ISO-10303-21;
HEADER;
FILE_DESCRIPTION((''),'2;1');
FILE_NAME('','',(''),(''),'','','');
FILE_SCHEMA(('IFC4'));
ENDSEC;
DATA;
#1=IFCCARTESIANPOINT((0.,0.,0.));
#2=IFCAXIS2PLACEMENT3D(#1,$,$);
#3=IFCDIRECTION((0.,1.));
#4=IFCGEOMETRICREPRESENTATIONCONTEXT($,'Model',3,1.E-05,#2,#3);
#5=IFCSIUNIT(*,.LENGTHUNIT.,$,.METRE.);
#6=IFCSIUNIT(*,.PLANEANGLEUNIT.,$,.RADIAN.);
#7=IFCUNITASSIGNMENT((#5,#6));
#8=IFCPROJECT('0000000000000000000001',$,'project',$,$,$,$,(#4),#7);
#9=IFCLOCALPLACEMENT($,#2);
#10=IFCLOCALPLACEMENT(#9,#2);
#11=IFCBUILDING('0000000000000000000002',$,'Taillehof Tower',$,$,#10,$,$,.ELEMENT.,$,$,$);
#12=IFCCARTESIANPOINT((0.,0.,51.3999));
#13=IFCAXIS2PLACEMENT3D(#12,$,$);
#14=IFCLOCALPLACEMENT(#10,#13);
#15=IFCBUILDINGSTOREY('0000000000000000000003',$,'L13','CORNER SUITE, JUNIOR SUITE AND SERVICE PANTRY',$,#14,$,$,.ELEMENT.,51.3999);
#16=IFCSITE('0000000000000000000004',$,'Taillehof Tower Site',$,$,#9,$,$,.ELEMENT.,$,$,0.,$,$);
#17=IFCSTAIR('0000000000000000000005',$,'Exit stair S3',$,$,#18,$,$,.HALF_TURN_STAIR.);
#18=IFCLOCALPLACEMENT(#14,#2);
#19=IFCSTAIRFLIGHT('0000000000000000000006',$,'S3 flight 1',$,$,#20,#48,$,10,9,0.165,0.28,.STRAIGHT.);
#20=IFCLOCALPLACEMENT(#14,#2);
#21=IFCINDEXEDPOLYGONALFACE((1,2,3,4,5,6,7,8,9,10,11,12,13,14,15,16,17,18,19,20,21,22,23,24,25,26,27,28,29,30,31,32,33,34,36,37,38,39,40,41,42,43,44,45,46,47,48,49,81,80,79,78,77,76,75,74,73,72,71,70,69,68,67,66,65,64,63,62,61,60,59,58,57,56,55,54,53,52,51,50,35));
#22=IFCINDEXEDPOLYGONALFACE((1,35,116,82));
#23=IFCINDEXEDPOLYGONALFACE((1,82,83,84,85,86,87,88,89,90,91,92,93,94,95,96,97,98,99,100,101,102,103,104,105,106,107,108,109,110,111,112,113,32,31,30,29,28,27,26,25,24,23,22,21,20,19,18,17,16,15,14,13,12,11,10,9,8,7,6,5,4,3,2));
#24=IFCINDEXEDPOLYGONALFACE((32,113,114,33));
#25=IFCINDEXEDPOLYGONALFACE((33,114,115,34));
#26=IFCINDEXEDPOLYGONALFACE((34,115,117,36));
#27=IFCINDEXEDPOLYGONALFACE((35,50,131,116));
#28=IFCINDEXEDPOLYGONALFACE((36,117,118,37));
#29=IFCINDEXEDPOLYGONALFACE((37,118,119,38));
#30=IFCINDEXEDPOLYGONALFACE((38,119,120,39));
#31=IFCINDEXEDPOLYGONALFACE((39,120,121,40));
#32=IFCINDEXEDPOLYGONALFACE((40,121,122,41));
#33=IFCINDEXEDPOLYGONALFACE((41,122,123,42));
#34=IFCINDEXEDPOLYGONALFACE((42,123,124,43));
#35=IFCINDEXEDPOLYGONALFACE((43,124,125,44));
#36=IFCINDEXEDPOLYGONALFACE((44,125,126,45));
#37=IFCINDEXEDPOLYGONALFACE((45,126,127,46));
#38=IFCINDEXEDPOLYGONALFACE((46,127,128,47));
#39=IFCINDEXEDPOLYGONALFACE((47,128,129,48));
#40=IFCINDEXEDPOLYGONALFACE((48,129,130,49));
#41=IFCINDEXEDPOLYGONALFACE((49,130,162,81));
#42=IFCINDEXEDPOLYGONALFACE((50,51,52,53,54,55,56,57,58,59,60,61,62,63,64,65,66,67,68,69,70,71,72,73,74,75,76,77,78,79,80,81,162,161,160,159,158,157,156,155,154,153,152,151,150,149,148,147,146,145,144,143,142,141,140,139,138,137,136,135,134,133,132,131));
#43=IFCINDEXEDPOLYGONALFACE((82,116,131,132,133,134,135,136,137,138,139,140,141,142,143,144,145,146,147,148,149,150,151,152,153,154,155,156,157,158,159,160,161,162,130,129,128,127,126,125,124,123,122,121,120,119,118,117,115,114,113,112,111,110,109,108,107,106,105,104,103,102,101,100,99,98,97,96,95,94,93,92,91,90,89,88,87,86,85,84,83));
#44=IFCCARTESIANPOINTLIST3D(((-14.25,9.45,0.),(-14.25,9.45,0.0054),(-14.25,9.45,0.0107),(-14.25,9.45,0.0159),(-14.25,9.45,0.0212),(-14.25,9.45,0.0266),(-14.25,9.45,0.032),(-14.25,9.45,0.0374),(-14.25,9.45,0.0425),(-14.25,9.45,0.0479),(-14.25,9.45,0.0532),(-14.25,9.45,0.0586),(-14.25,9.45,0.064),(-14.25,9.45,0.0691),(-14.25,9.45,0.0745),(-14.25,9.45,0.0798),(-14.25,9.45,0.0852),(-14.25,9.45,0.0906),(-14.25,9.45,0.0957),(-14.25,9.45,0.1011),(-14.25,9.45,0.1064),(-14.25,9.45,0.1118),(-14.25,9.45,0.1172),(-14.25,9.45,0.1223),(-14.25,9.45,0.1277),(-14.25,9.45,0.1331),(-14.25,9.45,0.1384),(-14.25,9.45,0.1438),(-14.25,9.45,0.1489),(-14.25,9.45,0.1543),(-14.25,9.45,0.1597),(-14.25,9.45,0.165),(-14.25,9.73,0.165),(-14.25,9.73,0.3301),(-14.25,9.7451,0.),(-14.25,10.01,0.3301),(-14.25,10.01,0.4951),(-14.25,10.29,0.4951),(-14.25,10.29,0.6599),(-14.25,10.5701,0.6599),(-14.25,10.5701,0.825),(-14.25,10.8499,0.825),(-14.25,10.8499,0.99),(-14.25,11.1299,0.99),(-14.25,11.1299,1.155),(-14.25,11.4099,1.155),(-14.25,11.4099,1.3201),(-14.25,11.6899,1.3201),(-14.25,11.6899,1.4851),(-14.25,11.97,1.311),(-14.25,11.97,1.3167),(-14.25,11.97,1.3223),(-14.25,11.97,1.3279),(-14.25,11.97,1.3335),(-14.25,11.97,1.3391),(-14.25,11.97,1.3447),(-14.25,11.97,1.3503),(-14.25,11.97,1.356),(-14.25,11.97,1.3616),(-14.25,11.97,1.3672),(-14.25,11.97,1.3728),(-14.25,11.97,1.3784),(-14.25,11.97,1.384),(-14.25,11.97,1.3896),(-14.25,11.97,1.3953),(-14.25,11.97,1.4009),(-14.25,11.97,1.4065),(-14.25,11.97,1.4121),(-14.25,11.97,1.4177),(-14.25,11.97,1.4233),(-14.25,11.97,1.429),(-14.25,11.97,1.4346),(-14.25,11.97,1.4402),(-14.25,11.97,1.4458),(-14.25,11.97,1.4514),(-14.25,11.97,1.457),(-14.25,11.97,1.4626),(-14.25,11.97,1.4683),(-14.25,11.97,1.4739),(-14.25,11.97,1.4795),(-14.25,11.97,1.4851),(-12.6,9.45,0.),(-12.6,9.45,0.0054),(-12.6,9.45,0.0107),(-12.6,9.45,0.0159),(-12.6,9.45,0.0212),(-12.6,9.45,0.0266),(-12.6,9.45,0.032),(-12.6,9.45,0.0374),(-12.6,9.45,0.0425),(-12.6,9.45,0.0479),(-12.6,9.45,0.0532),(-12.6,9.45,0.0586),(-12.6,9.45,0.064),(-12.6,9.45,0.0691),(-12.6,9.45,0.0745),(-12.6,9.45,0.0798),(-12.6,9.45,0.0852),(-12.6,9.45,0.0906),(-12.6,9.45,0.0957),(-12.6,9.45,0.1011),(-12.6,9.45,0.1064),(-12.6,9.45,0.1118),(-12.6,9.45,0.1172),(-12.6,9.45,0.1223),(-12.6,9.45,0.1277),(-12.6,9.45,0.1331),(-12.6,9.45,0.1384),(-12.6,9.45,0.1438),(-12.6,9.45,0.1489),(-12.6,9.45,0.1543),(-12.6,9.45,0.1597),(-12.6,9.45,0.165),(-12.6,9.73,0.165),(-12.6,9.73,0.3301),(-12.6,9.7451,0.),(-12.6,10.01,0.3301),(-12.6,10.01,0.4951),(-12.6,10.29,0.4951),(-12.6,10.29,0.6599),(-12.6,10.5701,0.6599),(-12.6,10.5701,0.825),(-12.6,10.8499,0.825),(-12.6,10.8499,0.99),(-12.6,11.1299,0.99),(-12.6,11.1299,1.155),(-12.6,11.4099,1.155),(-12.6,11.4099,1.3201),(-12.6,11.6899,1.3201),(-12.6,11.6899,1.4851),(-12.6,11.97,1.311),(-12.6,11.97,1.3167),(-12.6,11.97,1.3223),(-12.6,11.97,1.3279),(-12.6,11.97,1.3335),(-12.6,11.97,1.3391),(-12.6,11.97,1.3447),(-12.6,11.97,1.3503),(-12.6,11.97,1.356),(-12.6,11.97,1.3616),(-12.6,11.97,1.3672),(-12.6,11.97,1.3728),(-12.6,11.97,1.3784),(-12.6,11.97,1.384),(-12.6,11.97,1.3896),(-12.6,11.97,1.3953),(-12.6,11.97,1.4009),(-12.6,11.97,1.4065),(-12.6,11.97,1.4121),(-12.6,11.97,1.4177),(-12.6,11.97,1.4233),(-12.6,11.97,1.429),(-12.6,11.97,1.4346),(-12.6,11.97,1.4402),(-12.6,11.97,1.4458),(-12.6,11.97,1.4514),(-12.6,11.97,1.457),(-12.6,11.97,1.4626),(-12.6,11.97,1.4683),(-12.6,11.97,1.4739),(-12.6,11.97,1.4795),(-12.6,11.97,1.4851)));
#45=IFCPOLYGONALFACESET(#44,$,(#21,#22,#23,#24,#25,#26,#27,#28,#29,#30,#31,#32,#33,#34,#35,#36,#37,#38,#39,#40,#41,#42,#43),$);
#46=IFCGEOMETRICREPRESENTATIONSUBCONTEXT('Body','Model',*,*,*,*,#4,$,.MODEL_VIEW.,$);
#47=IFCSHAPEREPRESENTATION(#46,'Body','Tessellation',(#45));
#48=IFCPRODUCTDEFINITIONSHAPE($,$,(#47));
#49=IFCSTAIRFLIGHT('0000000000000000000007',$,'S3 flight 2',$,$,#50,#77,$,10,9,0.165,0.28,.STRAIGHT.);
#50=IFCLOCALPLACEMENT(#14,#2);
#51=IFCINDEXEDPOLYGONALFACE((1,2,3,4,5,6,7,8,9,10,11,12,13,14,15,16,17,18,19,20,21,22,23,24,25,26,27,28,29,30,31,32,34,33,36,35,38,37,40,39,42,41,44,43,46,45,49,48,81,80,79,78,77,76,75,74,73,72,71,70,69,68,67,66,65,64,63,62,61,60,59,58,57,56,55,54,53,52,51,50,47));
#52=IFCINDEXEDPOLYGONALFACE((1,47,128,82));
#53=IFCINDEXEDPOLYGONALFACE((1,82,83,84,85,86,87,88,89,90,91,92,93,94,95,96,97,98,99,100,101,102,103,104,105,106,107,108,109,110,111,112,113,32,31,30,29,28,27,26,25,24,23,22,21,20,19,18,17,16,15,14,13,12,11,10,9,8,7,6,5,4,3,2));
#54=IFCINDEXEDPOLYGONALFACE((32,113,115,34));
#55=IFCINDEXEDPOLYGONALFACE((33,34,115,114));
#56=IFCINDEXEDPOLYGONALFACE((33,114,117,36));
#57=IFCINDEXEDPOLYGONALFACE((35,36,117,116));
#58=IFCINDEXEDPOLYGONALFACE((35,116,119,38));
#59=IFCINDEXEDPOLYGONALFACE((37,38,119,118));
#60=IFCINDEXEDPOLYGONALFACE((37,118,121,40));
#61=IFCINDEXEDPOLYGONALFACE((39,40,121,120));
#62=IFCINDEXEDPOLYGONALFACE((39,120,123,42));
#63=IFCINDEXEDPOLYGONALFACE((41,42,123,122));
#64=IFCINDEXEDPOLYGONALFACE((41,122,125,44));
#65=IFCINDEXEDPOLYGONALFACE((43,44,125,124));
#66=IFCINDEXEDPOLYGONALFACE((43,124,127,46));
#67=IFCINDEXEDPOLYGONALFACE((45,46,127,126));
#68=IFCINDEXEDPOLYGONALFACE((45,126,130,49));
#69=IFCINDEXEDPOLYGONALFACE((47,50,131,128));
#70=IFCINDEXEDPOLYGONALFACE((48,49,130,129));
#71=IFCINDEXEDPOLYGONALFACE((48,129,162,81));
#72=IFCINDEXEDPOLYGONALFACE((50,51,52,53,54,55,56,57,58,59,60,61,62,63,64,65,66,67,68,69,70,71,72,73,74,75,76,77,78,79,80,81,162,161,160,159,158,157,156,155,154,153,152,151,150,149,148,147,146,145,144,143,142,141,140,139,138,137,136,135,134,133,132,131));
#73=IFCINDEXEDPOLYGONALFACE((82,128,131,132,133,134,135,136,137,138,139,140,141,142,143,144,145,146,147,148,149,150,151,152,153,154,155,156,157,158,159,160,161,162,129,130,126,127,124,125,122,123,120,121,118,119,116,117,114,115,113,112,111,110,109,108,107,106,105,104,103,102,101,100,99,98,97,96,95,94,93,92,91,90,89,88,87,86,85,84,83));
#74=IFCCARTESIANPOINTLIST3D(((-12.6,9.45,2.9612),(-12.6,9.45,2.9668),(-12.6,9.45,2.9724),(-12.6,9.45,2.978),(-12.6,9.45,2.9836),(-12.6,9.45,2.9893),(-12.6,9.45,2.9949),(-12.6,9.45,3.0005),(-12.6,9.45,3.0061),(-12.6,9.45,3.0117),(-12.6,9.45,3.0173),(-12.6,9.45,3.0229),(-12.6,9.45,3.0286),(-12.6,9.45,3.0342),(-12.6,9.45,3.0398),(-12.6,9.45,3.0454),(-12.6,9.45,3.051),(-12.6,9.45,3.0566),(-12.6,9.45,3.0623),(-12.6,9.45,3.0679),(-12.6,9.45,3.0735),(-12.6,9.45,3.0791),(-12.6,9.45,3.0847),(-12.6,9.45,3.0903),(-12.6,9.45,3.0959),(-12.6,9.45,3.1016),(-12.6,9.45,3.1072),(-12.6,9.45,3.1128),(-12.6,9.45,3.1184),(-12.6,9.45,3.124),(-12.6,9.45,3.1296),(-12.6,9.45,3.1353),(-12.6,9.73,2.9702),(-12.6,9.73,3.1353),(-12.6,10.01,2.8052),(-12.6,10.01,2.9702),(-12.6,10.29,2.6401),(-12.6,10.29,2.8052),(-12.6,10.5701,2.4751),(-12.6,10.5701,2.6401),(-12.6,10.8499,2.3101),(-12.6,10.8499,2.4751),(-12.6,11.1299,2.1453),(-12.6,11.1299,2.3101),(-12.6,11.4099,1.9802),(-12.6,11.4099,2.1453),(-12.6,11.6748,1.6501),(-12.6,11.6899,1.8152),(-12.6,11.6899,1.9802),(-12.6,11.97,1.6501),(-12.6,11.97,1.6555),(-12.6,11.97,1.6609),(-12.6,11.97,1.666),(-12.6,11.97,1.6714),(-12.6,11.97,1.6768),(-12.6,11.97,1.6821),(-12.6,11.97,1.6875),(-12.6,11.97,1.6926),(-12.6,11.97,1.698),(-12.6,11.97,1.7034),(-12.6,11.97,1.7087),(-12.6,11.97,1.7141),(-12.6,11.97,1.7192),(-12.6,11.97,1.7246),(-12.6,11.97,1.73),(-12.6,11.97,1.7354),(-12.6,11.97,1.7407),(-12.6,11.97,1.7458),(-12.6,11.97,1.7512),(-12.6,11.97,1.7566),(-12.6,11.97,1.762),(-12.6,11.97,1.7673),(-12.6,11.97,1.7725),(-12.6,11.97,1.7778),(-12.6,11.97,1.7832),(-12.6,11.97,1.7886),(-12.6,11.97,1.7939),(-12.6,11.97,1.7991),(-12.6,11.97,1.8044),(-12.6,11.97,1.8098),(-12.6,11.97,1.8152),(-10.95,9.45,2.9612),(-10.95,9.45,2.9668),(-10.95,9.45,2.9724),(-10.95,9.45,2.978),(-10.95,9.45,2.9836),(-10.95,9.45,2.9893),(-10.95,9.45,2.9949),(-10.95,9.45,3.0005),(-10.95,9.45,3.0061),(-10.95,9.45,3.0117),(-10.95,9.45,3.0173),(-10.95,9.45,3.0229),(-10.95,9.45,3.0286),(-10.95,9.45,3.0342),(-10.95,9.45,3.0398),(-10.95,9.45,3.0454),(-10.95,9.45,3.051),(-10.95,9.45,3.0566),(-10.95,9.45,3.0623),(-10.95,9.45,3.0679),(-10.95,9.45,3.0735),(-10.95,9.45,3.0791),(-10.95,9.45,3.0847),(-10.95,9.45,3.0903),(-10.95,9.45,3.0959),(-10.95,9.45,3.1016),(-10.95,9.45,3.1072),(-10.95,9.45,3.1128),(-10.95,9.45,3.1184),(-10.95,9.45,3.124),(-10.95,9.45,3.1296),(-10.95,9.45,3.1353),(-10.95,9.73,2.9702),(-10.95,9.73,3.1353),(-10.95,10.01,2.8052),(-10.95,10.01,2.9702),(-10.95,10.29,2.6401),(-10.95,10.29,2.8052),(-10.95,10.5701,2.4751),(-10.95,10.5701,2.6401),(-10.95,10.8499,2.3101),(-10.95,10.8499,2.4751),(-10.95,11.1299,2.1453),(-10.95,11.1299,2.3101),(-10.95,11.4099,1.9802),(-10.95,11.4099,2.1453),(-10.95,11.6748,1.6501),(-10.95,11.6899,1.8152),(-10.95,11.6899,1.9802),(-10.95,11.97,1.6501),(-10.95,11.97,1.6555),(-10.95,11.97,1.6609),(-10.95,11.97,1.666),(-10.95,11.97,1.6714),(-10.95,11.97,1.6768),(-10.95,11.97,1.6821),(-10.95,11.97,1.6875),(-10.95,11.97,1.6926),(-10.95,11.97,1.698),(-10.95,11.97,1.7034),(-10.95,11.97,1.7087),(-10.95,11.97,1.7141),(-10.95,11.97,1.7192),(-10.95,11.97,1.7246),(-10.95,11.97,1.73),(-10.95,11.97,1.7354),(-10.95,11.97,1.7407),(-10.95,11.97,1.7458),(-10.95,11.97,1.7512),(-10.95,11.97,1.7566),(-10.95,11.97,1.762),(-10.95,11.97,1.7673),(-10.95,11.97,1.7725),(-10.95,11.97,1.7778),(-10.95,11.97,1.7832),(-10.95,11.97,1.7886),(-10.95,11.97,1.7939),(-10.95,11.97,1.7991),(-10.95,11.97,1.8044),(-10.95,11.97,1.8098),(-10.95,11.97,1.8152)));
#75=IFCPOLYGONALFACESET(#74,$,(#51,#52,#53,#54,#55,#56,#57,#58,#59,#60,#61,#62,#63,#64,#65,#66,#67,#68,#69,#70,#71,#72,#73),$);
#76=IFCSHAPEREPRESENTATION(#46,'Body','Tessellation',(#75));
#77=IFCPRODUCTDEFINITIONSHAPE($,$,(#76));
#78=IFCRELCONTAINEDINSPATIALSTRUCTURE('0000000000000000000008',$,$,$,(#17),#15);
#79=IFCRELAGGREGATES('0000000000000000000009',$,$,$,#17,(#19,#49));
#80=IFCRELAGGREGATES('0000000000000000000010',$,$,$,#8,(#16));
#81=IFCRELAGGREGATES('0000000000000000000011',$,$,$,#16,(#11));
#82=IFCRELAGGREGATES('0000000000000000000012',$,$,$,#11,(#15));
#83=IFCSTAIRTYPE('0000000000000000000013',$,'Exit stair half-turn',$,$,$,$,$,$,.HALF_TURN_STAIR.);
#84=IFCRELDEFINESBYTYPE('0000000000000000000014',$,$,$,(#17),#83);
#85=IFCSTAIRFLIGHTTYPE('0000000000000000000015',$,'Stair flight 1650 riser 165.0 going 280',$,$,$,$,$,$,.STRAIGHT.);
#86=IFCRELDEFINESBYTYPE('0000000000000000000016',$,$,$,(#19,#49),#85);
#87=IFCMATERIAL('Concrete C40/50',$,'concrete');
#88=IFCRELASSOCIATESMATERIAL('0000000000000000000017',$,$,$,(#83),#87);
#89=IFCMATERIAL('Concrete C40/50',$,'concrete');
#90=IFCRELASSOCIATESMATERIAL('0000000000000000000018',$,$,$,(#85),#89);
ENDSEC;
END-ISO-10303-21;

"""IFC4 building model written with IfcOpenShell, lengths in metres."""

from ifc_helpers import new_model, si_unit, direction, frame, origin, place, context, subcontext, project, spatial, polyline, outline, extrude, material, type_object, element, aggregate, save


model = new_model("IFC4")

# Units and contexts
model_context = context("Model", 3, precision=1e-05, world=origin(), true_north=direction((0.0, 1.0)))
body_context = subcontext(model_context, "Body", "Model", "MODEL_VIEW")
ifc_project = project(units=[si_unit("LENGTHUNIT", "METRE"), si_unit("PLANEANGLEUNIT", "RADIAN")], contexts=[model_context])

# Site, building, storey
site_placement = place(None, origin())
site = spatial("IfcSite", under=ifc_project, at=site_placement, Name="Taillehof Tower Site", CompositionType="ELEMENT", RefElevation=0.0)
building_placement = place(site_placement, origin())
building = spatial("IfcBuilding", under=site, at=building_placement, Name="Taillehof Tower", CompositionType="ELEMENT")
storey_placement = place(building_placement, frame((0.0, 0.0, 51.3999)))
storey = spatial("IfcBuildingStorey", under=building, at=storey_placement, Name="L13", Description="CORNER SUITE, JUNIOR SUITE AND SERVICE PANTRY", CompositionType="ELEMENT", Elevation=51.3999)

# Stair, stair flights
ifc_material_1 = material(Name="Concrete C40/50", Category="concrete")
stair_type = type_object("IfcStairType", Name="Exit stair half-turn", PredefinedType="HALF_TURN_STAIR", material=ifc_material_1)
stair_placement = place(storey_placement, origin())
stair = element("IfcStair", 1, at=stair_placement, inside=storey, type_object=stair_type, Name="Exit stair S3", PredefinedType="HALF_TURN_STAIR")
ifc_material_2 = material(Name="Concrete C40/50", Category="concrete")
stair_flight_type = type_object("IfcStairFlightType", Name="Stair flight 1650 riser 165.0 going 280", PredefinedType="STRAIGHT", material=ifc_material_2)
stair_flight_1_placement = place(storey_placement, frame((-13.425, 9.45, 0.0), z_axis=(0.0, 0.0, 1.0), x_axis=(0.0, 1.0, 0.0)))
stair_flight_1 = element("IfcStairFlight", 2, at=stair_flight_1_placement, type_object=stair_flight_type, Name="S3 flight 1", NumberOfRisers=10, NumberOfTreads=9, PredefinedType="STRAIGHT", RiserHeight=0.165, TreadLength=0.28, context=body_context, shape_type="SweptSolid", body=[
    extrude(outline(polyline([(0.0, 0.0), (0.0, 0.0054), (0.0, 0.0107), (0.0, 0.0159), (0.0, 0.0212), (0.0, 0.0266), (0.0, 0.032), (0.0, 0.0374), (0.0, 0.0425), (0.0, 0.0479), (0.0, 0.0532), (0.0, 0.0586), (0.0, 0.064), (0.0, 0.0691), (0.0, 0.0745), (0.0, 0.0798), (0.0, 0.0852), (0.0, 0.0906), (0.0, 0.0957), (0.0, 0.1011), (0.0, 0.1064), (0.0, 0.1118), (0.0, 0.1172), (0.0, 0.1223), (0.0, 0.1277), (0.0, 0.1331), (0.0, 0.1384), (0.0, 0.1438), (0.0, 0.1489), (0.0, 0.1543), (0.0, 0.1597), (0.0, 0.165), (0.28, 0.165), (0.28, 0.3301), (0.5601, 0.3301), (0.5601, 0.4951), (0.8401, 0.4951), (0.8401, 0.6599), (1.1201, 0.6599), (1.1201, 0.825), (1.3999, 0.825), (1.3999, 0.99), (1.6799, 0.99), (1.6799, 1.155), (1.96, 1.155), (1.96, 1.3201), (2.24, 1.3201), (2.24, 1.4851), (2.52, 1.4851), (2.52, 1.4795), (2.52, 1.4739), (2.52, 1.4683), (2.52, 1.4626), (2.52, 1.457), (2.52, 1.4514), (2.52, 1.4458), (2.52, 1.4402), (2.52, 1.4346), (2.52, 1.429), (2.52, 1.4233), (2.52, 1.4177), (2.52, 1.4121), (2.52, 1.4065), (2.52, 1.4009), (2.52, 1.3953), (2.52, 1.3896), (2.52, 1.384), (2.52, 1.3784), (2.52, 1.3728), (2.52, 1.3672), (2.52, 1.3616), (2.52, 1.356), (2.52, 1.3503), (2.52, 1.3447), (2.52, 1.3391), (2.52, 1.3335), (2.52, 1.3279), (2.52, 1.3223), (2.52, 1.3167), (2.52, 1.311), (0.2952, 0.0), (0.0, 0.0)])), frame((0.0, 0.825, 0.0), z_axis=(0.0, -1.0, 0.0), x_axis=(1.0, 0.0, 0.0)), (0.0, 0.0, 1.0), 1.65),
])
stair_flight_2_placement = place(storey_placement, frame((-11.7749, 11.97, 1.6501), z_axis=(0.0, 0.0, 1.0), x_axis=(0.0, -1.0, 0.0)))
stair_flight_2 = element("IfcStairFlight", 3, at=stair_flight_2_placement, type_object=stair_flight_type, Name="S3 flight 2", NumberOfRisers=10, NumberOfTreads=9, PredefinedType="STRAIGHT", RiserHeight=0.165, TreadLength=0.28, context=body_context, shape_type="SweptSolid", body=[
    extrude(outline(polyline([(0.0, 0.0), (0.0, 0.0054), (0.0, 0.0107), (0.0, 0.0159), (0.0, 0.0212), (0.0, 0.0266), (0.0, 0.032), (0.0, 0.0374), (0.0, 0.0425), (0.0, 0.0479), (0.0, 0.0532), (0.0, 0.0586), (0.0, 0.064), (0.0, 0.0691), (0.0, 0.0745), (0.0, 0.0798), (0.0, 0.0852), (0.0, 0.0906), (0.0, 0.0957), (0.0, 0.1011), (0.0, 0.1064), (0.0, 0.1118), (0.0, 0.1172), (0.0, 0.1223), (0.0, 0.1277), (0.0, 0.1331), (0.0, 0.1384), (0.0, 0.1438), (0.0, 0.1489), (0.0, 0.1543), (0.0, 0.1597), (0.0, 0.165), (0.28, 0.165), (0.28, 0.3301), (0.5601, 0.3301), (0.5601, 0.4951), (0.8401, 0.4951), (0.8401, 0.6599), (1.1201, 0.6599), (1.1201, 0.825), (1.3999, 0.825), (1.3999, 0.99), (1.6799, 0.99), (1.6799, 1.155), (1.96, 1.155), (1.96, 1.3201), (2.24, 1.3201), (2.24, 1.4851), (2.52, 1.4851), (2.52, 1.4795), (2.52, 1.4739), (2.52, 1.4683), (2.52, 1.4626), (2.52, 1.457), (2.52, 1.4514), (2.52, 1.4458), (2.52, 1.4402), (2.52, 1.4346), (2.52, 1.429), (2.52, 1.4233), (2.52, 1.4177), (2.52, 1.4121), (2.52, 1.4065), (2.52, 1.4009), (2.52, 1.3953), (2.52, 1.3896), (2.52, 1.384), (2.52, 1.3784), (2.52, 1.3728), (2.52, 1.3672), (2.52, 1.3616), (2.52, 1.356), (2.52, 1.3503), (2.52, 1.3447), (2.52, 1.3391), (2.52, 1.3335), (2.52, 1.3279), (2.52, 1.3223), (2.52, 1.3167), (2.52, 1.311), (0.2952, 0.0), (0.0, 0.0)])), frame((0.0, 0.825, 0.0), z_axis=(0.0, -1.0, 0.0), x_axis=(1.0, 0.0, 0.0)), (0.0, 0.0, 1.0), 1.65),
])
aggregate(stair, [stair_flight_1, stair_flight_2])

save(model, "model.ifc")
